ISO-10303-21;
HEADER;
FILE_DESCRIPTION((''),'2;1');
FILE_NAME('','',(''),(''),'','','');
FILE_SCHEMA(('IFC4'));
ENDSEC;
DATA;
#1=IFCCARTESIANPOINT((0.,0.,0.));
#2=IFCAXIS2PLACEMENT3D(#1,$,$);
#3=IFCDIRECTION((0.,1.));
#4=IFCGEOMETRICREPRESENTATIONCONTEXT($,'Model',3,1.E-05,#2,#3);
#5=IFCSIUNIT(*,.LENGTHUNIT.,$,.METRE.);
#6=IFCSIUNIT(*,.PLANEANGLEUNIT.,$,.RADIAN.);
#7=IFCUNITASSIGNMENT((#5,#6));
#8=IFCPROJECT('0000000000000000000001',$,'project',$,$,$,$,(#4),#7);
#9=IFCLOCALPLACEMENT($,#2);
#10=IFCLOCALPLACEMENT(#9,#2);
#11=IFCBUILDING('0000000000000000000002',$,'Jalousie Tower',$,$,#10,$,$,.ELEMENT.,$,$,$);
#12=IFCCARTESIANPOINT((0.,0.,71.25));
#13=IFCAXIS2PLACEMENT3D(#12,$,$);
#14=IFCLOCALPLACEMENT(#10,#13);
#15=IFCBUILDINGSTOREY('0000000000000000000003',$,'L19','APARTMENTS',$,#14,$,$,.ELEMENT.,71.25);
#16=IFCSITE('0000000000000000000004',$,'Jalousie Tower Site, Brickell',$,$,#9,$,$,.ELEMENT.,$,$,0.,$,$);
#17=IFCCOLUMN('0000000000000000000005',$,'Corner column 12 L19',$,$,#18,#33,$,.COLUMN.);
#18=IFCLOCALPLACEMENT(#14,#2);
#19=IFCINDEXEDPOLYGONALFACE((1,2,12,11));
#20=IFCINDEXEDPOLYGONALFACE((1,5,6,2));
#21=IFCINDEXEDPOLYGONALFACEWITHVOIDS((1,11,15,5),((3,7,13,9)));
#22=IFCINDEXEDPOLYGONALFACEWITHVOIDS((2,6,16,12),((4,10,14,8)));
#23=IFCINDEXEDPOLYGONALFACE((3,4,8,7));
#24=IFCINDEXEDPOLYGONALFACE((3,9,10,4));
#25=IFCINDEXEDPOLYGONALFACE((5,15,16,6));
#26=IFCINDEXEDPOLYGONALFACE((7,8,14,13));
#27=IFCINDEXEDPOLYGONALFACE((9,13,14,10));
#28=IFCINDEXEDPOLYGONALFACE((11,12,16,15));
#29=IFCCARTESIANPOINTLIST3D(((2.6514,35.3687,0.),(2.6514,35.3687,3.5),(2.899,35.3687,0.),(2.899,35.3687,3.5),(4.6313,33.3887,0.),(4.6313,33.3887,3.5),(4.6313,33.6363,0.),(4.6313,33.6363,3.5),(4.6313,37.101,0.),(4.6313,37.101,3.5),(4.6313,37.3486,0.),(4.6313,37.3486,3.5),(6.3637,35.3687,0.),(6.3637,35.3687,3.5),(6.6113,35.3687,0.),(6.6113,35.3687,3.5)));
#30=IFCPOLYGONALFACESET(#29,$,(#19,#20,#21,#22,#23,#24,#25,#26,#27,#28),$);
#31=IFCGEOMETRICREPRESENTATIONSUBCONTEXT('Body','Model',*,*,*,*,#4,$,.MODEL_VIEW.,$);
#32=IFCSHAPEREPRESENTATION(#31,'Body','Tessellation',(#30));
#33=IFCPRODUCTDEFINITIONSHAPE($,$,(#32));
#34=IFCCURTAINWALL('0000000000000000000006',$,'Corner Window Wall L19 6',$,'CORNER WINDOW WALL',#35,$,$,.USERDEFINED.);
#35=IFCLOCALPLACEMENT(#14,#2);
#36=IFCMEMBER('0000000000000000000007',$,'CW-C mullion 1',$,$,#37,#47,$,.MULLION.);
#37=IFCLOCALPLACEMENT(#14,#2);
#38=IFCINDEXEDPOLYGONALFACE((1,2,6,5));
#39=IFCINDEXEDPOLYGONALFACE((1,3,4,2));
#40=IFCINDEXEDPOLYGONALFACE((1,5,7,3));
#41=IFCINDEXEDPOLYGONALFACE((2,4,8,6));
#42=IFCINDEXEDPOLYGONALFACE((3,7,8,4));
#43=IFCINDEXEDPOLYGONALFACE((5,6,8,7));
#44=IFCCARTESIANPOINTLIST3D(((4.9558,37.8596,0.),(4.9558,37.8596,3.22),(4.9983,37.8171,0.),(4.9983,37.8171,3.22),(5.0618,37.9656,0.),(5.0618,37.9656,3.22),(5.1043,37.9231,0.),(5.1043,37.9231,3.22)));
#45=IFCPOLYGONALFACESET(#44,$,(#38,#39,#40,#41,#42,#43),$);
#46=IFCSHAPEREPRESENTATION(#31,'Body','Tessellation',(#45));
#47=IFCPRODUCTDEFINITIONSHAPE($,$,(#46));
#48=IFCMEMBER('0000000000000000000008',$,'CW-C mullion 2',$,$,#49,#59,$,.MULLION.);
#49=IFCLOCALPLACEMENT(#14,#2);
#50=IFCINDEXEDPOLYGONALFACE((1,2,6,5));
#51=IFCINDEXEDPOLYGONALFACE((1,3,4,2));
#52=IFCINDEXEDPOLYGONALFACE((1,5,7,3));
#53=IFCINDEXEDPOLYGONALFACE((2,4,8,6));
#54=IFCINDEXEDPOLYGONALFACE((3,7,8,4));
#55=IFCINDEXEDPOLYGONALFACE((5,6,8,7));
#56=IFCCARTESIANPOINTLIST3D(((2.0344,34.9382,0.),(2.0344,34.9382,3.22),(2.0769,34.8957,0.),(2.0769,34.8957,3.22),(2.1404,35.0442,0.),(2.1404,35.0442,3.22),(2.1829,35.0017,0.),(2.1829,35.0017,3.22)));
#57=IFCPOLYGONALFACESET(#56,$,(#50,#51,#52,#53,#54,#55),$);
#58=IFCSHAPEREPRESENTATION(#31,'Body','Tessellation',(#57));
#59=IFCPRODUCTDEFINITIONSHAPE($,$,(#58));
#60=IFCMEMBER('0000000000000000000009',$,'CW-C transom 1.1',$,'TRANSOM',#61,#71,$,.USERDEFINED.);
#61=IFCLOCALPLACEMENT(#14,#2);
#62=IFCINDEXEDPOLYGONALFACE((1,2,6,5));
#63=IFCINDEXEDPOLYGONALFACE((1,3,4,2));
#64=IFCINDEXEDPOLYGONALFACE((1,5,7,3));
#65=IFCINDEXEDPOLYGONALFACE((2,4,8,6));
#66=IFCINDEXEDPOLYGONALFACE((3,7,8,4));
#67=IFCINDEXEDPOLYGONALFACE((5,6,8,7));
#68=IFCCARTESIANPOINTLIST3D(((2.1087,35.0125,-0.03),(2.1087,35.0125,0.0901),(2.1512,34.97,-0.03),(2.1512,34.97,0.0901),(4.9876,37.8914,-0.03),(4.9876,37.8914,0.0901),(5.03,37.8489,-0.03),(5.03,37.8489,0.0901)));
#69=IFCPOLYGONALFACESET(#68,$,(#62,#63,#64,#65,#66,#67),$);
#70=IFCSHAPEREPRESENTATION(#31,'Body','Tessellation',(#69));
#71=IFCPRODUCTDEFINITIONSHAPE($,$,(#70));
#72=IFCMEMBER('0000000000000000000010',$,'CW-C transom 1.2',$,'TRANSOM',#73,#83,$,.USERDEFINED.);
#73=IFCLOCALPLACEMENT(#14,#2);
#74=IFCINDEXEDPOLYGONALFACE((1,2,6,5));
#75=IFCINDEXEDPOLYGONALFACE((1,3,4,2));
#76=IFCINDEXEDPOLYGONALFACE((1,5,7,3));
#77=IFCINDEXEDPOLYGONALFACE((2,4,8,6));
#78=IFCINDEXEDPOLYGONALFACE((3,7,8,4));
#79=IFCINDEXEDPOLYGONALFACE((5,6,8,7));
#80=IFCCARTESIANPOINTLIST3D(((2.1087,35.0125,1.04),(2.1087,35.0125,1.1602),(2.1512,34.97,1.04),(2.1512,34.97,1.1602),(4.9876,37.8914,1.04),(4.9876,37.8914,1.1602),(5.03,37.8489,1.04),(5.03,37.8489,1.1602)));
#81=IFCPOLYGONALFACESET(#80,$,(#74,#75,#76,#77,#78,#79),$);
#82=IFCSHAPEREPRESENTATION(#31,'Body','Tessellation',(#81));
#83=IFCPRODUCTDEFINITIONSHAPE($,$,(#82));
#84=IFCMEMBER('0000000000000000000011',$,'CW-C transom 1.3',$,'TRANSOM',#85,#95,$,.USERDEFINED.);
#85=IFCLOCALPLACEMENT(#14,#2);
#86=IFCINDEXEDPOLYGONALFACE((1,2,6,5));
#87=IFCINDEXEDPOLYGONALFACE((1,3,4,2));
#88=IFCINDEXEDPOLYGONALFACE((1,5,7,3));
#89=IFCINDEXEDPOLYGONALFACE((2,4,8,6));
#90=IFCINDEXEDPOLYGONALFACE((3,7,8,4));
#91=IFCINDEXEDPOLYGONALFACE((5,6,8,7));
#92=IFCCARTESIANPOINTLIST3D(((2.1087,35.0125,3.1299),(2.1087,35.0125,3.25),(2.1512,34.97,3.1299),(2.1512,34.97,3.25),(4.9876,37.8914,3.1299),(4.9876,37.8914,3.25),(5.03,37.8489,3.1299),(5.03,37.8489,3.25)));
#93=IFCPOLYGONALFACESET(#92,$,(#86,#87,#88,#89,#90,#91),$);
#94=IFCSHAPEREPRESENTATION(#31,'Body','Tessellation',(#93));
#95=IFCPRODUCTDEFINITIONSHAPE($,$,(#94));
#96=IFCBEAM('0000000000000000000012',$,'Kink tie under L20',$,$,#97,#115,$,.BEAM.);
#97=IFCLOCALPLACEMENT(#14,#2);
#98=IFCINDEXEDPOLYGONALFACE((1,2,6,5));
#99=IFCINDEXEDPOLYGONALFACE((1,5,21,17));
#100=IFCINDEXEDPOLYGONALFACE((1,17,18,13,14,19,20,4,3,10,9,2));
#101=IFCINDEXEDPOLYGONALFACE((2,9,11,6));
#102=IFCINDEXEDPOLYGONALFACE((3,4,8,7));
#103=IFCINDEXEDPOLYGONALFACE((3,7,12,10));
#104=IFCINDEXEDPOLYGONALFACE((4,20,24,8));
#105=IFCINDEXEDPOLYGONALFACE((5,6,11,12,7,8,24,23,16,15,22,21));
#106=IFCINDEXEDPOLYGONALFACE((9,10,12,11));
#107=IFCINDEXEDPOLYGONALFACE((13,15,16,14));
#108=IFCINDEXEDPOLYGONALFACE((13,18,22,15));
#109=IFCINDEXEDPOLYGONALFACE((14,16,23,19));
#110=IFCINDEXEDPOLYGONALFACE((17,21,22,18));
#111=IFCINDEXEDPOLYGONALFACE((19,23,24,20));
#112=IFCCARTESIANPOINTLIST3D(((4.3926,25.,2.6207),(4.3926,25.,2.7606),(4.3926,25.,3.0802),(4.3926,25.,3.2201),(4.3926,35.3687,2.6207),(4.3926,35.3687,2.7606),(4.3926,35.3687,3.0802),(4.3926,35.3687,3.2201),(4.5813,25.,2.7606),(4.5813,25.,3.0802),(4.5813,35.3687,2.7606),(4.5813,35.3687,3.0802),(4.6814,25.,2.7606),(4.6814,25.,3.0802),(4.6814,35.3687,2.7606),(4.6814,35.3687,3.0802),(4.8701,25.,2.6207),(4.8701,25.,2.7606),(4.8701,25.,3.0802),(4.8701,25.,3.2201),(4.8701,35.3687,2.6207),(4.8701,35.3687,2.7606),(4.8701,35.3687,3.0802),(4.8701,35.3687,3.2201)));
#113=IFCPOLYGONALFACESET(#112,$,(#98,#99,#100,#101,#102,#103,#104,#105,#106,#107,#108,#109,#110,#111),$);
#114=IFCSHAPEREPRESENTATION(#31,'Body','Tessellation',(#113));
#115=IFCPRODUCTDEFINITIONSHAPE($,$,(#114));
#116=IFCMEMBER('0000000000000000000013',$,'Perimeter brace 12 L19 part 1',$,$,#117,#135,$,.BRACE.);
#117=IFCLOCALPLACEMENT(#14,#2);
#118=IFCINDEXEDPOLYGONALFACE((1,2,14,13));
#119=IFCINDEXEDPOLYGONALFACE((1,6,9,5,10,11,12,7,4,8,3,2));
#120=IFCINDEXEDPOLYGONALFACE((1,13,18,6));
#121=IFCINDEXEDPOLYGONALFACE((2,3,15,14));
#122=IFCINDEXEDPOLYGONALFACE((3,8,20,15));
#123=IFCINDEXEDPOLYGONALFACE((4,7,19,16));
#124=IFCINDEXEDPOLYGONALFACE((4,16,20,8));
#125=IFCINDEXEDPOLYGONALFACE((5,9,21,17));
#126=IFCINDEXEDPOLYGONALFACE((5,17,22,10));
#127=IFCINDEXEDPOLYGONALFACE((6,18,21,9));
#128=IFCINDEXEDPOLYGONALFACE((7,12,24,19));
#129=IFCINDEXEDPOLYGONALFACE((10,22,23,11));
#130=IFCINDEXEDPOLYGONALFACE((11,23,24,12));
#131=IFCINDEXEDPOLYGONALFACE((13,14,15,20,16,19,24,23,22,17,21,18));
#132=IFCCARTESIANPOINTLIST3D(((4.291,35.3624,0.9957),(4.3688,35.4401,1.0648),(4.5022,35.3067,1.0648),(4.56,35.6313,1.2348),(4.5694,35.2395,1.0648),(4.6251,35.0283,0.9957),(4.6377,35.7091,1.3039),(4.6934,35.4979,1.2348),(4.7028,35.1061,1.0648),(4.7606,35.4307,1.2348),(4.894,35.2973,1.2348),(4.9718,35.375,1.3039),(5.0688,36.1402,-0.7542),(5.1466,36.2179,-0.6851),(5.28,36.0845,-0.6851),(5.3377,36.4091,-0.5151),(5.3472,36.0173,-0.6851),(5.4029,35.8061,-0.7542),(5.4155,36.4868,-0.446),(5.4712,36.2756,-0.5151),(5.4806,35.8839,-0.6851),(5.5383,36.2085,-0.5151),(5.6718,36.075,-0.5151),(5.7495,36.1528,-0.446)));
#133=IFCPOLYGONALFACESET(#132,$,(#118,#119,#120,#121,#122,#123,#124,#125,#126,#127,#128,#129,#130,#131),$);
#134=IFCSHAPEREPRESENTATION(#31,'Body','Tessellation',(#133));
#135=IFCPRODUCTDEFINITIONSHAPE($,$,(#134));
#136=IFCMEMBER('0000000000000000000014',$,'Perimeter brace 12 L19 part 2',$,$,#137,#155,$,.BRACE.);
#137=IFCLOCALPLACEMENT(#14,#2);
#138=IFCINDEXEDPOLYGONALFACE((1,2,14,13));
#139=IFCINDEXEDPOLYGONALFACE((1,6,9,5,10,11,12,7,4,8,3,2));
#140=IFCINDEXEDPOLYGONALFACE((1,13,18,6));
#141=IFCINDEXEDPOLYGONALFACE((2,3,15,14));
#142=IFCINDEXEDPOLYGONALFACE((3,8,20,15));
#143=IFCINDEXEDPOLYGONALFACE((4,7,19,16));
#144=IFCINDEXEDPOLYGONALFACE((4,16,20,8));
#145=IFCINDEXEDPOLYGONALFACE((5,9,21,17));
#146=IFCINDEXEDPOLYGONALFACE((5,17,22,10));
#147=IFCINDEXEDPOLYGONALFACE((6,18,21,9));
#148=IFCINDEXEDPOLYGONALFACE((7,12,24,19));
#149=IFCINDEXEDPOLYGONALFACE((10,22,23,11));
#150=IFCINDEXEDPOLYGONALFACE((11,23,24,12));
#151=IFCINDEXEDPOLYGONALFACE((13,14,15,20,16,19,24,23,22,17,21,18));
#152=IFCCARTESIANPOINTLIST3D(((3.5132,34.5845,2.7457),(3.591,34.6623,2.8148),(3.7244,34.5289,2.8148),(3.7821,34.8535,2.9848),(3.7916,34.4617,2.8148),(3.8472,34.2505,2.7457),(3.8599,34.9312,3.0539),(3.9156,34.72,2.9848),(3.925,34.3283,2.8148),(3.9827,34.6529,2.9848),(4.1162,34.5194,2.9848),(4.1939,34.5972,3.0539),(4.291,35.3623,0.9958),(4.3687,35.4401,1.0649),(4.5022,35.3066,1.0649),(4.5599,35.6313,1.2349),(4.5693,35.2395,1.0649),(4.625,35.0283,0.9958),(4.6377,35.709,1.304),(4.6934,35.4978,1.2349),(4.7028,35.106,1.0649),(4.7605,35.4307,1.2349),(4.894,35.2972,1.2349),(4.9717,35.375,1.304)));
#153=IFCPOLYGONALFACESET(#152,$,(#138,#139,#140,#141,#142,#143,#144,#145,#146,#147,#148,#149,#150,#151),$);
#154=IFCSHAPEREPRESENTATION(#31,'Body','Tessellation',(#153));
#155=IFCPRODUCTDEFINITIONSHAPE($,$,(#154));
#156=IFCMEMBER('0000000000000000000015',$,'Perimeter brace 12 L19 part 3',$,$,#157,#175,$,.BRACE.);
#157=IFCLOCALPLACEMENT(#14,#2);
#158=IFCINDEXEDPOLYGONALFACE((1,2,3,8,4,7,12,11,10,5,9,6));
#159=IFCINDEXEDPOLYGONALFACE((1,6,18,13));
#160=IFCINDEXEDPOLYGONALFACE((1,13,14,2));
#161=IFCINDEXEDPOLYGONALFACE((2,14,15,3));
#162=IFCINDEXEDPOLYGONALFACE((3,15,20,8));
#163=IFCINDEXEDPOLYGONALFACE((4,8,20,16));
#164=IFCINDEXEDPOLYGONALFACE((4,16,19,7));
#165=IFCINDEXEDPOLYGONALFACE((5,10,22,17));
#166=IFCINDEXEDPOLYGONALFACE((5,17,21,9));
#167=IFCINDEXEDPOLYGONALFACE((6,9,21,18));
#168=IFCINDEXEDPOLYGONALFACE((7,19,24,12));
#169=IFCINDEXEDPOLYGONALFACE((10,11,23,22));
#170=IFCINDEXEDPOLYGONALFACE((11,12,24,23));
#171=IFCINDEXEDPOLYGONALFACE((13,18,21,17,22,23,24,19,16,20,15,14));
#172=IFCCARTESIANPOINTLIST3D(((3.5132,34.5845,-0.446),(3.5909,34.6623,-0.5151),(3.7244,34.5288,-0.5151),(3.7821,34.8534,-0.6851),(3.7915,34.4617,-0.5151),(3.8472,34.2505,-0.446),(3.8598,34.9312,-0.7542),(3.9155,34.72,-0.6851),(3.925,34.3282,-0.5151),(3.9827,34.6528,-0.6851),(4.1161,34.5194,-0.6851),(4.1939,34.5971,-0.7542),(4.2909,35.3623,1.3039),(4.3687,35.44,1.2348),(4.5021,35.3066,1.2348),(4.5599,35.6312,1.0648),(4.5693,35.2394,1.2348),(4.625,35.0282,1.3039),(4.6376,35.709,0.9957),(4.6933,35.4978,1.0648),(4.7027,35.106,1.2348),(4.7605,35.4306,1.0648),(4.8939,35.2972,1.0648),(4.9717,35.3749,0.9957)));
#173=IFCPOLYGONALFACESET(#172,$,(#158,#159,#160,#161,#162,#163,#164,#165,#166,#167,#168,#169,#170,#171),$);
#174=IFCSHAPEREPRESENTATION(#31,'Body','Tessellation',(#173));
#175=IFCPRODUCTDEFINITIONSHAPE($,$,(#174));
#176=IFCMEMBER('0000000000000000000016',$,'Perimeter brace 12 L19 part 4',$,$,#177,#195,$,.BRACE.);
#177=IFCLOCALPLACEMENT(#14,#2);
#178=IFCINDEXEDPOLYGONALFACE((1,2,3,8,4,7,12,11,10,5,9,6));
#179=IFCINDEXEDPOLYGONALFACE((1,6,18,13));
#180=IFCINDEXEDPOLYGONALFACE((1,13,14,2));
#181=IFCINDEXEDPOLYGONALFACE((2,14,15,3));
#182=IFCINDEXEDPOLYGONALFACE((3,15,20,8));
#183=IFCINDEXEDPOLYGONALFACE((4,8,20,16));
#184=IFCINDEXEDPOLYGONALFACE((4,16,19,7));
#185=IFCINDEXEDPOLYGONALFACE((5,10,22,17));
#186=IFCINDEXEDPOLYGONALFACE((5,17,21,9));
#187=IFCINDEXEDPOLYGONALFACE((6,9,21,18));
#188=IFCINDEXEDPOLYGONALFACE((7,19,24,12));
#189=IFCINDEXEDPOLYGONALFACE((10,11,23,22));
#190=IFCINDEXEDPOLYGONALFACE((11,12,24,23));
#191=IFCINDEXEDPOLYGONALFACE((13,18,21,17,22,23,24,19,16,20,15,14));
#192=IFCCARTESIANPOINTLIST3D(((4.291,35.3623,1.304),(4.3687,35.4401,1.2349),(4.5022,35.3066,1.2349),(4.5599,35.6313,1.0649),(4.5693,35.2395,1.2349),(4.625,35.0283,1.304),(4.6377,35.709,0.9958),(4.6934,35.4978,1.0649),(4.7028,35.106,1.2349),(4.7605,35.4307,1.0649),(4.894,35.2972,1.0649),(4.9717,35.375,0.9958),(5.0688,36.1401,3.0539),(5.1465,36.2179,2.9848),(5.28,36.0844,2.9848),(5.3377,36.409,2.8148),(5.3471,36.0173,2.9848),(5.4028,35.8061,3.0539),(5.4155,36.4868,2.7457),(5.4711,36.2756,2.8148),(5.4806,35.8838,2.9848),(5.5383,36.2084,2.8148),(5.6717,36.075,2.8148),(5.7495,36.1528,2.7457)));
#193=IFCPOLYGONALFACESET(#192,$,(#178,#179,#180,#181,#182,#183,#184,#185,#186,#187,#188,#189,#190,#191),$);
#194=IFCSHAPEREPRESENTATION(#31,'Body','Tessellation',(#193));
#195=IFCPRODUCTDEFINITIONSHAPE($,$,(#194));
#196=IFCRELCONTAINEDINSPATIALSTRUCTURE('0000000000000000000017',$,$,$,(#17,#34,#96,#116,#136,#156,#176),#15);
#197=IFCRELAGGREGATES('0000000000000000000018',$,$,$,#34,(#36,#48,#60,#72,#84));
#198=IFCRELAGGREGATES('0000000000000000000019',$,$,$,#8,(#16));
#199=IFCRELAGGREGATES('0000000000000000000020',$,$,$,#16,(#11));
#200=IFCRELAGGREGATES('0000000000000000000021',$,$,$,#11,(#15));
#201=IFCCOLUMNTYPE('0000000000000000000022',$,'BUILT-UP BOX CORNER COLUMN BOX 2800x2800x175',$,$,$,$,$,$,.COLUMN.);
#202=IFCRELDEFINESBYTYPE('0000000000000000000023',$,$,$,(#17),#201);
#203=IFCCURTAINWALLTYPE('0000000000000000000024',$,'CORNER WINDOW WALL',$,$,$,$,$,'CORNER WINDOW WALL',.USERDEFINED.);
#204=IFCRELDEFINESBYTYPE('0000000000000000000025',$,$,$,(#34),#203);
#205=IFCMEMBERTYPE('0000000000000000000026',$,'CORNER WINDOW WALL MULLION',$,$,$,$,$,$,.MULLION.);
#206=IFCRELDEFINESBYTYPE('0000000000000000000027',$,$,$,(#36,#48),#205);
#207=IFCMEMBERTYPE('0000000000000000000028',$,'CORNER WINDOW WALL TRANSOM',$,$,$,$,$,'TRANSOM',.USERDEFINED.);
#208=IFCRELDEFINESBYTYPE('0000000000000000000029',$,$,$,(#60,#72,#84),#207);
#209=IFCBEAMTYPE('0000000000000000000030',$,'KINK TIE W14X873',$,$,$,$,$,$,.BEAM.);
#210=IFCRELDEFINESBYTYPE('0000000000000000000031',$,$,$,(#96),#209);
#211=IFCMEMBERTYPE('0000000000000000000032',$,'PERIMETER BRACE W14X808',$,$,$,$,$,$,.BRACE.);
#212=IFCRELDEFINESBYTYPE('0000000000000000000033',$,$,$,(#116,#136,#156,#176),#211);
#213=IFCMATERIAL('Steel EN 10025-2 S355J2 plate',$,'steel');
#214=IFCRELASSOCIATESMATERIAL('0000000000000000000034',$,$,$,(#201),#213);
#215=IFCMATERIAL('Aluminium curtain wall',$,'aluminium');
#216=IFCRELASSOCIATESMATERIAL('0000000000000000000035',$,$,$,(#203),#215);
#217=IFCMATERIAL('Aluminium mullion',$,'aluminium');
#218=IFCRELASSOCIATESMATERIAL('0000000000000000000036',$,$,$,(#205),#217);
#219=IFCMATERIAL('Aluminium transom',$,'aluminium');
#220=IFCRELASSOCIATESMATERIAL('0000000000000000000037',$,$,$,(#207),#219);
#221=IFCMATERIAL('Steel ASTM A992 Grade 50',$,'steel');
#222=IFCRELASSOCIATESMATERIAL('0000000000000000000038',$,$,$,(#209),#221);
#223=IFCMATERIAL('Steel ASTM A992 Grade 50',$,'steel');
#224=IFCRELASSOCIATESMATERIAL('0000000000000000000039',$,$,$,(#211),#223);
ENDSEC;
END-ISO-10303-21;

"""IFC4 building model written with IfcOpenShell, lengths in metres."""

from ifc_helpers import new_model, si_unit, direction, frame, origin, origin_2d, place, context, subcontext, project, spatial, rectangle, hollow_rectangle, i_section, extrude, material, material_profile, profile_set, type_object, element, aggregate, save


model = new_model("IFC4")

# Units and contexts
model_context = context("Model", 3, precision=1e-05, world=origin(), true_north=direction((0.0, 1.0)))
body_context = subcontext(model_context, "Body", "Model", "MODEL_VIEW")
ifc_project = project(units=[si_unit("LENGTHUNIT", "METRE"), si_unit("PLANEANGLEUNIT", "RADIAN")], contexts=[model_context])

# Site, building, storey
site_placement = place(None, origin())
site = spatial("IfcSite", under=ifc_project, at=site_placement, Name="Jalousie Tower Site, Brickell", CompositionType="ELEMENT", RefElevation=0.0)
building_placement = place(site_placement, origin())
building = spatial("IfcBuilding", under=site, at=building_placement, Name="Jalousie Tower", CompositionType="ELEMENT")
storey_placement = place(building_placement, frame((0.0, 0.0, 71.25)))
storey = spatial("IfcBuildingStorey", under=building, at=storey_placement, Name="L19", Description="APARTMENTS", CompositionType="ELEMENT", Elevation=71.25)

# Column
ifc_material_1 = material(Name="Steel EN 10025-2 S355J2 plate", Category="steel")
ifc_material_profile_1 = material_profile(ifc_material_1, hollow_rectangle(XDim=2.8, YDim=2.8, WallThickness=0.175, at=origin_2d()), Name="BOX 2800x2800x175")
ifc_profile_set_1 = profile_set([ifc_material_profile_1], Name="Steel EN 10025-2 S355J2 plate")
column_type = type_object("IfcColumnType", Name="BUILT-UP BOX CORNER COLUMN BOX 2800x2800x175", PredefinedType="COLUMN", material=ifc_profile_set_1)
column_placement = place(storey_placement, frame((4.6313, 35.3687, 0.0), z_axis=(0.0, 0.0, 1.0), x_axis=(0.707107, -0.707107, 0.0)))
element("IfcColumn", 1, at=column_placement, inside=storey, type_object=column_type, Name="Corner column 12 L19", PredefinedType="COLUMN", context=body_context, shape_type="SweptSolid", body=[
    extrude(hollow_rectangle(XDim=2.8, YDim=2.8, WallThickness=0.175, at=origin_2d()), origin(), (0.0, 0.0, 1.0), 3.5),
])

# Curtain wall, members
ifc_material_2 = material(Name="Aluminium curtain wall", Category="aluminium")
curtain_wall_type_1 = type_object("IfcCurtainWallType", Name="CORNER WINDOW WALL", ElementType="CORNER WINDOW WALL", PredefinedType="USERDEFINED", material=ifc_material_2)
curtain_wall_1_placement = place(storey_placement, origin())
curtain_wall_1 = element("IfcCurtainWall", 2, at=curtain_wall_1_placement, inside=storey, type_object=curtain_wall_type_1, Name="Corner Window Wall L19 6", ObjectType="CORNER WINDOW WALL", PredefinedType="USERDEFINED")
ifc_material_3 = material(Name="Aluminium mullion", Category="aluminium")
ifc_material_profile_2 = material_profile(ifc_material_3, rectangle(XDim=0.0601, YDim=0.1499, at=origin_2d()), Name="MULLION 60x150")
ifc_profile_set_2 = profile_set([ifc_material_profile_2], Name="Aluminium mullion")
member_type_1 = type_object("IfcMemberType", Name="CORNER WINDOW WALL MULLION", PredefinedType="MULLION", material=ifc_profile_set_2)
member_1_placement = place(storey_placement, frame((5.03, 37.8914, 0.0), z_axis=(0.0, 0.0, 1.0), x_axis=(0.707107, -0.707107, 0.0)))
member_1 = element("IfcMember", 3, at=member_1_placement, type_object=member_type_1, Name="CW-C mullion 1", PredefinedType="MULLION", context=body_context, shape_type="SweptSolid", body=[
    extrude(rectangle(XDim=0.0601, YDim=0.1499, at=origin_2d()), origin(), (0.0, 0.0, 1.0), 3.22),
])
member_2_placement = place(storey_placement, frame((2.1086, 34.97, 0.0), z_axis=(0.0, 0.0, 1.0), x_axis=(0.707107, -0.707107, 0.0)))
member_2 = element("IfcMember", 4, at=member_2_placement, type_object=member_type_1, Name="CW-C mullion 2", PredefinedType="MULLION", context=body_context, shape_type="SweptSolid", body=[
    extrude(rectangle(XDim=0.0601, YDim=0.1499, at=origin_2d()), origin(), (0.0, 0.0, 1.0), 3.22),
])
ifc_material_4 = material(Name="Aluminium transom", Category="aluminium")
ifc_material_profile_3 = material_profile(ifc_material_4, rectangle(XDim=0.0601, YDim=0.1201, at=origin_2d()), Name="TRANSOM 60x120")
ifc_profile_set_3 = profile_set([ifc_material_profile_3], Name="Aluminium transom")
member_type_2 = type_object("IfcMemberType", Name="CORNER WINDOW WALL TRANSOM", ElementType="TRANSOM", PredefinedType="USERDEFINED", material=ifc_profile_set_3)
member_3_placement = place(storey_placement, frame((5.0088, 37.8701, 0.03), z_axis=(-0.707107, -0.707107, 0.0), x_axis=(0.707107, -0.707107, 0.0)))
member_3 = element("IfcMember", 5, at=member_3_placement, type_object=member_type_2, Name="CW-C transom 1.1", ObjectType="TRANSOM", PredefinedType="USERDEFINED", context=body_context, shape_type="SweptSolid", body=[
    extrude(rectangle(XDim=0.0601, YDim=0.1201, at=origin_2d()), origin(), (0.0, 0.0, 1.0), 4.0713),
])
member_4_placement = place(storey_placement, frame((5.0088, 37.8701, 1.1001), z_axis=(-0.707107, -0.707107, 0.0), x_axis=(0.707107, -0.707107, 0.0)))
member_4 = element("IfcMember", 6, at=member_4_placement, type_object=member_type_2, Name="CW-C transom 1.2", ObjectType="TRANSOM", PredefinedType="USERDEFINED", context=body_context, shape_type="SweptSolid", body=[
    extrude(rectangle(XDim=0.0601, YDim=0.1201, at=origin_2d()), origin(), (0.0, 0.0, 1.0), 4.0713),
])
member_5_placement = place(storey_placement, frame((5.0088, 37.8701, 3.1899), z_axis=(-0.707107, -0.707107, 0.0), x_axis=(0.707107, -0.707107, 0.0)))
member_5 = element("IfcMember", 7, at=member_5_placement, type_object=member_type_2, Name="CW-C transom 1.3", ObjectType="TRANSOM", PredefinedType="USERDEFINED", context=body_context, shape_type="SweptSolid", body=[
    extrude(rectangle(XDim=0.0601, YDim=0.1201, at=origin_2d()), origin(), (0.0, 0.0, 1.0), 4.0713),
])

# Beam
ifc_material_5 = material(Name="Steel ASTM A992 Grade 50", Category="steel")
ifc_material_profile_4 = material_profile(ifc_material_5, i_section(OverallWidth=0.4775, OverallDepth=0.5994, WebThickness=0.1001, FlangeThickness=0.1399, at=origin_2d()), Name="W14X873")
ifc_profile_set_4 = profile_set([ifc_material_profile_4], Name="Steel ASTM A992 Grade 50")
beam_type = type_object("IfcBeamType", Name="KINK TIE W14X873", PredefinedType="BEAM", material=ifc_profile_set_4)
beam_placement = place(storey_placement, frame((4.6313, 35.3687, 2.9204), z_axis=(0.0, -1.0, 0.0), x_axis=(1.0, 0.0, 0.0)))
element("IfcBeam", 8, at=beam_placement, inside=storey, type_object=beam_type, Name="Kink tie under L20", PredefinedType="BEAM", context=body_context, shape_type="SweptSolid", body=[
    extrude(i_section(OverallWidth=0.4775, OverallDepth=0.5994, WebThickness=0.1001, FlangeThickness=0.1399, at=origin_2d()), origin(), (0.0, 0.0, 1.0), 10.3687),
])

# Members
ifc_material_6 = material(Name="Steel ASTM A992 Grade 50", Category="steel")
ifc_material_profile_5 = material_profile(ifc_material_6, i_section(OverallWidth=0.4724, OverallDepth=0.5791, WebThickness=0.095, FlangeThickness=0.1299, at=origin_2d()), Name="W14X808")
ifc_profile_set_5 = profile_set([ifc_material_profile_5], Name="Steel ASTM A992 Grade 50")
member_type_3 = type_object("IfcMemberType", Name="PERIMETER BRACE W14X808", PredefinedType="BRACE", material=ifc_profile_set_5)
for number, where, z_axis, x_axis, name in (
    (9, (5.4092, 36.1465, -0.6001), (-0.376307, -0.376307, 0.846632), (0.707107, -0.707107, 0.0), "Perimeter brace 12 L19 part 1"),
    (10, (4.6313, 35.3687, 1.1499), (-0.376307, -0.376307, 0.846632), (0.707107, -0.707107, 0.0), "Perimeter brace 12 L19 part 2"),
    (11, (3.8535, 34.5908, -0.6001), (0.376307, 0.376307, 0.846632), (-0.707107, 0.707107, 0.0), "Perimeter brace 12 L19 part 3"),
    (12, (4.6313, 35.3687, 1.1499), (0.376307, 0.376307, 0.846632), (-0.707107, 0.707107, 0.0), "Perimeter brace 12 L19 part 4"),
):
    element("IfcMember", number, at=place(storey_placement, frame(where, z_axis=z_axis, x_axis=x_axis)), inside=storey, type_object=member_type_3, Name=name, PredefinedType="BRACE", context=body_context, shape_type="SweptSolid", body=[
        extrude(i_section(OverallWidth=0.4724, OverallDepth=0.5791, WebThickness=0.095, FlangeThickness=0.1299, at=origin_2d()), origin(), (0.0, 0.0, 1.0), 2.0669),
    ])

aggregate(curtain_wall_1, [member_1, member_2, member_3, member_4, member_5])

save(model, "model.ifc")
